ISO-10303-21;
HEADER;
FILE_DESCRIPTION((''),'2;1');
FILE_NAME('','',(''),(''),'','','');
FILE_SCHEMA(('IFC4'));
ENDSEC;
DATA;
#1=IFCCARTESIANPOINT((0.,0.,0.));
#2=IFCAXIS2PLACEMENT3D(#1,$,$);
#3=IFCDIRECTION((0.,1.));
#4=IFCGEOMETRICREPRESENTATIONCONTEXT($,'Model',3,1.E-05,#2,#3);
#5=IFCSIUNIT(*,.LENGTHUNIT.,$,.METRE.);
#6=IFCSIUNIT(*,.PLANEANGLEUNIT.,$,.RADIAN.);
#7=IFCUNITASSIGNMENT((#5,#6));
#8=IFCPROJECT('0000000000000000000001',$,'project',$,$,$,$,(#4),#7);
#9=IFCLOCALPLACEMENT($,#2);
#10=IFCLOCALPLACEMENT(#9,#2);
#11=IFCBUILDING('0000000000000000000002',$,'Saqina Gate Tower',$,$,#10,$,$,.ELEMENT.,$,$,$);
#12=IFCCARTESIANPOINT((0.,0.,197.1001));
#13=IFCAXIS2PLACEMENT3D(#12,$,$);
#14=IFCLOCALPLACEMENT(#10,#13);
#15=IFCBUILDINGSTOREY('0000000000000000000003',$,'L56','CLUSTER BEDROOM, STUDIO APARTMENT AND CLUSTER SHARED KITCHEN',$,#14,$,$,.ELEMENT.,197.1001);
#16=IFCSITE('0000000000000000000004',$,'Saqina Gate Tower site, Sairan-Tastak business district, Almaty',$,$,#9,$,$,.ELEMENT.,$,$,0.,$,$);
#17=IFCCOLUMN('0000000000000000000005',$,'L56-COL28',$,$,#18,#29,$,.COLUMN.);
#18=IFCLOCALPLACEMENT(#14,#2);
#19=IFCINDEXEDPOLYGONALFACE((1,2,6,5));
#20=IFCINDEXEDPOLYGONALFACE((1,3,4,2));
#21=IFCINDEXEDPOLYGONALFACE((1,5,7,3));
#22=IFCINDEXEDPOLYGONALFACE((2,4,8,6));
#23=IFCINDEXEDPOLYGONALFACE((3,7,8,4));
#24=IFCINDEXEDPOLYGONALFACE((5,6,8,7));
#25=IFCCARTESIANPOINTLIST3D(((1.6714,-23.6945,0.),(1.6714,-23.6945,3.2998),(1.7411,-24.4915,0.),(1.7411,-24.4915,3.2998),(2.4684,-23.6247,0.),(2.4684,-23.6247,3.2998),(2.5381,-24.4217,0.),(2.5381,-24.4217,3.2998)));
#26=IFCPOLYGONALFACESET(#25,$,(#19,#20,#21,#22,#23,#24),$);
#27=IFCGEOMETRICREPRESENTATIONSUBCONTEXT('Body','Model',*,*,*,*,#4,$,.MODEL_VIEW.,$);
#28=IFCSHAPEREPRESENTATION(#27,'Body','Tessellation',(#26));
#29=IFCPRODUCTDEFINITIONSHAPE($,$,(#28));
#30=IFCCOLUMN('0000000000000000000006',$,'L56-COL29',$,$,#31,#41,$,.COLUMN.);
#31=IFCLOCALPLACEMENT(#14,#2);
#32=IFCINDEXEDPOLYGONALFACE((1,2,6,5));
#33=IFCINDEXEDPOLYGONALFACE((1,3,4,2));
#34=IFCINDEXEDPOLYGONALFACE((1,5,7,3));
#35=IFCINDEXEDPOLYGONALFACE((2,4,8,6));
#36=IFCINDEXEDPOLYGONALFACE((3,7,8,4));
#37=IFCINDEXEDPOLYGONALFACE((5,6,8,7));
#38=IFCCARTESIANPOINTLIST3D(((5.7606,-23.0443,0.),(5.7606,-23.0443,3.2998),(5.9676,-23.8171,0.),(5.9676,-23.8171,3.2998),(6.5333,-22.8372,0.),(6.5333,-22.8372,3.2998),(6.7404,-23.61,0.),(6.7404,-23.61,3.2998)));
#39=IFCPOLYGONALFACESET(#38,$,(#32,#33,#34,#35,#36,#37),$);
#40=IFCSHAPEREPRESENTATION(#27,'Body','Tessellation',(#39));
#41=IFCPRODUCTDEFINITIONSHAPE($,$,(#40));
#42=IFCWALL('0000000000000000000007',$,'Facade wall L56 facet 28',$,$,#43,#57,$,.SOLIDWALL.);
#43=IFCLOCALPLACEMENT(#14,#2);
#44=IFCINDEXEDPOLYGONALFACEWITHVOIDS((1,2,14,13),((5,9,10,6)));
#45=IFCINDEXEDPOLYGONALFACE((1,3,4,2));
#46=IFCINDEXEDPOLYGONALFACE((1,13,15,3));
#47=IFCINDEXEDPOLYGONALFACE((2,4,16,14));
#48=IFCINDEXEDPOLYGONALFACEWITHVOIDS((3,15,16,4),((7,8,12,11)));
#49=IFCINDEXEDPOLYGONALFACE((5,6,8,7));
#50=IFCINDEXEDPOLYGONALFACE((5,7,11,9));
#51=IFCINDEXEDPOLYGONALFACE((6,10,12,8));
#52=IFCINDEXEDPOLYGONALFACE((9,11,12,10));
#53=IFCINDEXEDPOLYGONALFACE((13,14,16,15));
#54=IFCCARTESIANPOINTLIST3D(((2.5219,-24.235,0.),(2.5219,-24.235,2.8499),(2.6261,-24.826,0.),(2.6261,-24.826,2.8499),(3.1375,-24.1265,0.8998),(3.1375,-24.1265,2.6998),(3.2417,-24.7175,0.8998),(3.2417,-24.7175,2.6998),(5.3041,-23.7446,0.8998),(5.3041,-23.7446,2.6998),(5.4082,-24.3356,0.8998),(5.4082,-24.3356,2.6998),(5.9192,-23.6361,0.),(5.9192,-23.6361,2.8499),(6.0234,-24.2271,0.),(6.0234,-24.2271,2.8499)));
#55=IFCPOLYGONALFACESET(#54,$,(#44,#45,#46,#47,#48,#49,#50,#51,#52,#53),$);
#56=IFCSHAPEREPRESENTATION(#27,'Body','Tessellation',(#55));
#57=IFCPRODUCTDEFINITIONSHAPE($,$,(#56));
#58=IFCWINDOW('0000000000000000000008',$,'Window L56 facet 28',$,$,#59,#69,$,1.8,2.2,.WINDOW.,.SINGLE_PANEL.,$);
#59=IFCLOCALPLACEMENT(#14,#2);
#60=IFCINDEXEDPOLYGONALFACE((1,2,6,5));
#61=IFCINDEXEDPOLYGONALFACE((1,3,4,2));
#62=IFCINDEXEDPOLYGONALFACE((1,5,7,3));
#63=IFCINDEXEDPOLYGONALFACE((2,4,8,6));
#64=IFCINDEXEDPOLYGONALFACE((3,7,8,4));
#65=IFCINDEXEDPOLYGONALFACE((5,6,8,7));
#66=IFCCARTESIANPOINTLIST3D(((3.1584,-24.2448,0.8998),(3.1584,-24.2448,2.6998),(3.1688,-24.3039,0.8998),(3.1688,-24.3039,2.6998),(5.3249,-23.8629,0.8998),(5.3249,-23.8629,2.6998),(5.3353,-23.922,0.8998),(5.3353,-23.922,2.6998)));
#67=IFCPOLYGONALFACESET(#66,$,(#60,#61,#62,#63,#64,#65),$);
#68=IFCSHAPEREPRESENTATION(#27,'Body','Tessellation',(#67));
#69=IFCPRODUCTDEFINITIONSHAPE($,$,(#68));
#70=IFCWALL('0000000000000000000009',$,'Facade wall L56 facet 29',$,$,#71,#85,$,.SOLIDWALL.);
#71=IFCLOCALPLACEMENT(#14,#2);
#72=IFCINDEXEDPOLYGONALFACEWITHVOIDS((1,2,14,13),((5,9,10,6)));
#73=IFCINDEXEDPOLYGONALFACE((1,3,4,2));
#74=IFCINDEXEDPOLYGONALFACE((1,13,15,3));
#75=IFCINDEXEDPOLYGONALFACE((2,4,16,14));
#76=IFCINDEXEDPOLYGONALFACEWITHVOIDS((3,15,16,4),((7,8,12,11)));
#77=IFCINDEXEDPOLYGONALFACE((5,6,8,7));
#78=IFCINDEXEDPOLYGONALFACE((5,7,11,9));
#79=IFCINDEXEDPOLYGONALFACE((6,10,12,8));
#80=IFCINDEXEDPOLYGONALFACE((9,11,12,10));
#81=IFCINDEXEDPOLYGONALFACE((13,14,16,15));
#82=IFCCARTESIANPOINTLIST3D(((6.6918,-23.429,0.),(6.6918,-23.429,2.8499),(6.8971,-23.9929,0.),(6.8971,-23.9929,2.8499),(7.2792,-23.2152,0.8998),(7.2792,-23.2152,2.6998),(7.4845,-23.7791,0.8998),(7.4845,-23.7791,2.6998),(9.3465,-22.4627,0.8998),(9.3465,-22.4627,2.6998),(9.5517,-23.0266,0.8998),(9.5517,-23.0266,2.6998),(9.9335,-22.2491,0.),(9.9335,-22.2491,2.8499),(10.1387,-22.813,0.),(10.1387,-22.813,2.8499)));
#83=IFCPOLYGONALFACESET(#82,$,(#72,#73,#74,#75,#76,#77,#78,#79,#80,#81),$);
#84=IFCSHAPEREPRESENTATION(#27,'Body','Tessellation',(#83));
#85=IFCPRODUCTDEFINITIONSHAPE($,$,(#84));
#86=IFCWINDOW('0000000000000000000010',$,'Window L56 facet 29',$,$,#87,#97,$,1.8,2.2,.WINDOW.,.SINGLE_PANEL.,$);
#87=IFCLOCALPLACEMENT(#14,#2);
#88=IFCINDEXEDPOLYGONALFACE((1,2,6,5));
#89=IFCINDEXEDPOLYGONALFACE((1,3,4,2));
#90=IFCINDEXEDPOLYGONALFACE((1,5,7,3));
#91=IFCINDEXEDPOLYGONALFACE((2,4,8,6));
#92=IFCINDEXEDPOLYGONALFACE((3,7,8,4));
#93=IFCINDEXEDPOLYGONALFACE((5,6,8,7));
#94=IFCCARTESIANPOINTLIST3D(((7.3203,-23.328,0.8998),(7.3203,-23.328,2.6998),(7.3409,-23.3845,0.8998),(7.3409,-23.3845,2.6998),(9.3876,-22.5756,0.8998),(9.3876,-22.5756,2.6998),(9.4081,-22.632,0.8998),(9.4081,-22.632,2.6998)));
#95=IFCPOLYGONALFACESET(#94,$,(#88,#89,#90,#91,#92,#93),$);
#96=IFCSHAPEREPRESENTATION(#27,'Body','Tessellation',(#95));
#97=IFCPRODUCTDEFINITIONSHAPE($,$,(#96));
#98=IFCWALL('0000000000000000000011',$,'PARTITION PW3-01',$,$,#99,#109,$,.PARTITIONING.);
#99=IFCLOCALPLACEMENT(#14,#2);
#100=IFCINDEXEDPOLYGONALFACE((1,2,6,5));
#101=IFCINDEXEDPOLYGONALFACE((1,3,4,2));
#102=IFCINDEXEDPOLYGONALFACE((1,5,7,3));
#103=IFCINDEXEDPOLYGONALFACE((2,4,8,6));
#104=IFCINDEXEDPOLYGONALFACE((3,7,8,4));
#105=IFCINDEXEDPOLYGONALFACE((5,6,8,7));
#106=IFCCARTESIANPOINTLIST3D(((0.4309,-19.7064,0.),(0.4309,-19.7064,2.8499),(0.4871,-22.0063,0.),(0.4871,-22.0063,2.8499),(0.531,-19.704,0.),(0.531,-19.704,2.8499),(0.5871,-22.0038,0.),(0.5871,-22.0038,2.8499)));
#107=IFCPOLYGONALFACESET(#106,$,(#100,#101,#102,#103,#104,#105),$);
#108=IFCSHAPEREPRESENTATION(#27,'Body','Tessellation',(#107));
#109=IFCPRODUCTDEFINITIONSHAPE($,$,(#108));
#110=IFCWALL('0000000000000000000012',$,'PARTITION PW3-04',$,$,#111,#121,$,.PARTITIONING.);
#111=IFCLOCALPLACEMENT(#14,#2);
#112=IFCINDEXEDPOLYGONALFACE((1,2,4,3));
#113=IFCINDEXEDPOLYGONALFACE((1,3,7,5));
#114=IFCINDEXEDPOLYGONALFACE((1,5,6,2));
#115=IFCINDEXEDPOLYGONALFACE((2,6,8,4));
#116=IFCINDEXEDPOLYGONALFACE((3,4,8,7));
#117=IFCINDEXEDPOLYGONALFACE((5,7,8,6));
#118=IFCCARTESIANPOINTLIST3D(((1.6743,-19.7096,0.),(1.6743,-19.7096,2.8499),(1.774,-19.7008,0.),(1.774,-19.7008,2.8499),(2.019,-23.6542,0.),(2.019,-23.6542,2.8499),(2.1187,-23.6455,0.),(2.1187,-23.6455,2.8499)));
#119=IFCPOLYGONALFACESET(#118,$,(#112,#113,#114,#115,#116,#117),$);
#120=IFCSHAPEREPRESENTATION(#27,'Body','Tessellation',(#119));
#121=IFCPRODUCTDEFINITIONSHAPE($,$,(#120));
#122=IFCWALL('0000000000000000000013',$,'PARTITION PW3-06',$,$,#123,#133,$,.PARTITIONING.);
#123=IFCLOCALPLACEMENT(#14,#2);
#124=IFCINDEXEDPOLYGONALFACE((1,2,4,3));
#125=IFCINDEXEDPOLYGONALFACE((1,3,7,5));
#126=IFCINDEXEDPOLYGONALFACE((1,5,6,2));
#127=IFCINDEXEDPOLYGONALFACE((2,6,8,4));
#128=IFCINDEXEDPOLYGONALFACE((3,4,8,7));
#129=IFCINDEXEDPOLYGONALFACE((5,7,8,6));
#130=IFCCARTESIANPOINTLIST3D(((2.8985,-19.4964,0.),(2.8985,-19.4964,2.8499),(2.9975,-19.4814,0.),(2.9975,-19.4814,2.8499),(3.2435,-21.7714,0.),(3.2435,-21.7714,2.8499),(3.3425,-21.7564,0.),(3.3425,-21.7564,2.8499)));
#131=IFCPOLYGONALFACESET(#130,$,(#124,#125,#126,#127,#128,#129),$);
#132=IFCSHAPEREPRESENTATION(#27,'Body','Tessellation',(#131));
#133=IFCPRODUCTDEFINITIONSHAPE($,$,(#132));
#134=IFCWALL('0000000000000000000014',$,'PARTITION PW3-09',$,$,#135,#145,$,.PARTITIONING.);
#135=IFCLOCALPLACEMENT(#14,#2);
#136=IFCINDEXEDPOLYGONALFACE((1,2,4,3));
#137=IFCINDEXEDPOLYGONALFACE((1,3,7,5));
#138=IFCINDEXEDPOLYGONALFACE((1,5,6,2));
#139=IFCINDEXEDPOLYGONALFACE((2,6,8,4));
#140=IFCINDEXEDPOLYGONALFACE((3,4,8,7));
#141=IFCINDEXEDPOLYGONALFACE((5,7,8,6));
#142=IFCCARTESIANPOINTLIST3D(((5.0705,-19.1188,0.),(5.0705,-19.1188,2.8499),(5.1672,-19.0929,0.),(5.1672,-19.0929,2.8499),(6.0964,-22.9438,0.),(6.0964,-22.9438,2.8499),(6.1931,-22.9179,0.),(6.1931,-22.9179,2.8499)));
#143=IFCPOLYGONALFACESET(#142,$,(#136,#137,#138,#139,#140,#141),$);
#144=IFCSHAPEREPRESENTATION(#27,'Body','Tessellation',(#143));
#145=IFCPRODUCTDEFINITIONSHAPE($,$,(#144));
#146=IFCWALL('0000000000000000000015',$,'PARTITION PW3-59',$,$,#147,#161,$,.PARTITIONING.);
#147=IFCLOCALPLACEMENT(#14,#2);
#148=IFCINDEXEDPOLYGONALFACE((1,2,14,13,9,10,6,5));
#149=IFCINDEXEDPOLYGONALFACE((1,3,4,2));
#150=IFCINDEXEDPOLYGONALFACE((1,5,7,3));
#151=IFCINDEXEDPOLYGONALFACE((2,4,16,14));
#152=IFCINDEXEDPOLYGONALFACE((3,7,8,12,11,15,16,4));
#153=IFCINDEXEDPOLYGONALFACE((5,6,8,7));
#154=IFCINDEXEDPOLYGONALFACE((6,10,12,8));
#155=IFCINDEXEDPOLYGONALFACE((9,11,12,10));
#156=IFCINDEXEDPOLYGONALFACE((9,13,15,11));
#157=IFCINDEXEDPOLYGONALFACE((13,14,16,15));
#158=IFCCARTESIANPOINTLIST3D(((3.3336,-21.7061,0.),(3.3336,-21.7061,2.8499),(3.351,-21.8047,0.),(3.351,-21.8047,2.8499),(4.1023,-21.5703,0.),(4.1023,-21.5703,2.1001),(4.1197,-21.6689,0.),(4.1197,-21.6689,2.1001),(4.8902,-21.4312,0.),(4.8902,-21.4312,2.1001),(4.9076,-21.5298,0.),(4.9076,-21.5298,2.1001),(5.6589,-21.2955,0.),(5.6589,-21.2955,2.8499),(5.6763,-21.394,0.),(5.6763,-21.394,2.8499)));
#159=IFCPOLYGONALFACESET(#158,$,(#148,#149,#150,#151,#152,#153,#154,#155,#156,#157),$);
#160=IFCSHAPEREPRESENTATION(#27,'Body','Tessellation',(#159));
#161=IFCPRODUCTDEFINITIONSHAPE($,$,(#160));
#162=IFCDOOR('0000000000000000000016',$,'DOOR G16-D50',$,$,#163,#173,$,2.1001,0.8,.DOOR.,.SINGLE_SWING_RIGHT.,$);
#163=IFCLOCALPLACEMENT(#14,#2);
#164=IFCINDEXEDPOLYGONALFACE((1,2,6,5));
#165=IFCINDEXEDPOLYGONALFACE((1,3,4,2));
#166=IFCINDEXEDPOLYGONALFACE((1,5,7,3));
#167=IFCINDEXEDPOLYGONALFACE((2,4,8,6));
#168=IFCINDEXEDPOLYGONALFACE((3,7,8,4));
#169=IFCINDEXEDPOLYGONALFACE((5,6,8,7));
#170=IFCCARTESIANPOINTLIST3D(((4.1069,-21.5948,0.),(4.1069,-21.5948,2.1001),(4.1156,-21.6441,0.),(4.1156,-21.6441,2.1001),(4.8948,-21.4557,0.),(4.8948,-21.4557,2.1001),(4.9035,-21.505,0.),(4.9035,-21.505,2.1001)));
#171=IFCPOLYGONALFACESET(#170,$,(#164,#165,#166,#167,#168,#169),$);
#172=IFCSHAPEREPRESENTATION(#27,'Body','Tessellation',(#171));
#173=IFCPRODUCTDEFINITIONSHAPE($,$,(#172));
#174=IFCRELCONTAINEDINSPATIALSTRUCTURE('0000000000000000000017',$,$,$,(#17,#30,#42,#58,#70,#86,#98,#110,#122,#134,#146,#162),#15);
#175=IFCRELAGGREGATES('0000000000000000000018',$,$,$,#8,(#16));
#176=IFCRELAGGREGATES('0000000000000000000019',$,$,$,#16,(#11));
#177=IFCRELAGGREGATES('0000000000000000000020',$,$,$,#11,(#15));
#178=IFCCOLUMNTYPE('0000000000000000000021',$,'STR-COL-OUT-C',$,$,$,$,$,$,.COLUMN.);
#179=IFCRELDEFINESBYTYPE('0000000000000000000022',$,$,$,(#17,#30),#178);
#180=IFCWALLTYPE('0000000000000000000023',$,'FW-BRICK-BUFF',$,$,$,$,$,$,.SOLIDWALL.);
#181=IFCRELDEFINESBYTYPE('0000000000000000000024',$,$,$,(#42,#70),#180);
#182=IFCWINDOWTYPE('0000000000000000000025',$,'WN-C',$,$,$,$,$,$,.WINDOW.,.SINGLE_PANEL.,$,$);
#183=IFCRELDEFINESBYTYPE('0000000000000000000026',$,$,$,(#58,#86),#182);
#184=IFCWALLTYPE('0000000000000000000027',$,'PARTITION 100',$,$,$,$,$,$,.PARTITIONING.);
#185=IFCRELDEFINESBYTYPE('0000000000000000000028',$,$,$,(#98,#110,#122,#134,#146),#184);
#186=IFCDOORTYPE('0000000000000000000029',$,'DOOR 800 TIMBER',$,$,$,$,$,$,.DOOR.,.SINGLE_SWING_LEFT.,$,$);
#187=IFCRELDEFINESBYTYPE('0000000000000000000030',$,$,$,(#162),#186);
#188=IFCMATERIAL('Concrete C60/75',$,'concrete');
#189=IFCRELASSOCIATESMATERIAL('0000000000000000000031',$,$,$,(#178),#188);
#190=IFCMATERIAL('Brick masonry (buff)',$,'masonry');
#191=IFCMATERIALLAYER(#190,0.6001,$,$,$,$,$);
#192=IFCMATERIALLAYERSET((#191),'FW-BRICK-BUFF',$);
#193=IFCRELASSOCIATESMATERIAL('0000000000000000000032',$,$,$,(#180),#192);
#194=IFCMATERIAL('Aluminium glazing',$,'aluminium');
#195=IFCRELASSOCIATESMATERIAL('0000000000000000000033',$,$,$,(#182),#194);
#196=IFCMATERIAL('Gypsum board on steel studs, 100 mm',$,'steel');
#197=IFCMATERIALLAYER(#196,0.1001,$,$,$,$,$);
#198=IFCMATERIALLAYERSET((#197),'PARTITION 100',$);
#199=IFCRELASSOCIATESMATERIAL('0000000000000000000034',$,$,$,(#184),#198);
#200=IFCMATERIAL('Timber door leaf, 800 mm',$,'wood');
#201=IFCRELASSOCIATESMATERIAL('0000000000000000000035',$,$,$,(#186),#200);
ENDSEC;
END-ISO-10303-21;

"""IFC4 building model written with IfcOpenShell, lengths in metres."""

from ifc_helpers import new_model, si_unit, direction, frame, frame_2d, origin, origin_2d, place, context, subcontext, project, spatial, rectangle, extrude, material, layer, layer_set, material_profile, profile_set, type_object, element, fill, save


model = new_model("IFC4")

# Units and contexts
model_context = context("Model", 3, precision=1e-05, world=origin(), true_north=direction((0.0, 1.0)))
body_context = subcontext(model_context, "Body", "Model", "MODEL_VIEW")
ifc_project = project(units=[si_unit("LENGTHUNIT", "METRE"), si_unit("PLANEANGLEUNIT", "RADIAN")], contexts=[model_context])

# Site, building, storey
site_placement = place(None, origin())
site = spatial("IfcSite", under=ifc_project, at=site_placement, Name="Saqina Gate Tower site, Sairan-Tastak business district, Almaty", CompositionType="ELEMENT", RefElevation=0.0)
building_placement = place(site_placement, origin())
building = spatial("IfcBuilding", under=site, at=building_placement, Name="Saqina Gate Tower", CompositionType="ELEMENT")
storey_placement = place(building_placement, frame((0.0, 0.0, 197.1001)))
storey = spatial("IfcBuildingStorey", under=building, at=storey_placement, Name="L56", Description="CLUSTER BEDROOM, STUDIO APARTMENT AND CLUSTER SHARED KITCHEN", CompositionType="ELEMENT", Elevation=197.1001)

# Columns
ifc_material_1 = material(Name="Concrete C60/75", Category="concrete")
ifc_material_profile = material_profile(ifc_material_1, rectangle(XDim=0.8, YDim=0.8, at=origin_2d()), Name="RC 800x800")
ifc_profile_set = profile_set([ifc_material_profile], Name="Concrete C60/75")
column_type = type_object("IfcColumnType", Name="STR-COL-OUT-C", PredefinedType="COLUMN", material=ifc_profile_set)
for number, where, z_axis, x_axis, name in (
    (1, (2.1047, -24.0581, 0.0), (0.0, 0.0, 1.0), (0.087156, -0.996195, 0.0), "L56-COL28"),
    (2, (6.2505, -23.3271, 0.0), (0.0, 0.0, 1.0), (0.258819, -0.965926, 0.0), "L56-COL29"),
):
    element("IfcColumn", number, at=place(storey_placement, frame(where, z_axis=z_axis, x_axis=x_axis)), inside=storey, type_object=column_type, Name=name, PredefinedType="COLUMN", context=body_context, shape_type="SweptSolid", body=[
        extrude(rectangle(XDim=0.8, YDim=0.8, at=origin_2d()), origin(), (0.0, 0.0, 1.0), 3.2998),
    ])

# Walls, openings, windows
ifc_material_2 = material(Name="Brick masonry (buff)", Category="masonry")
ifc_layer_1 = layer(ifc_material_2, 0.6001)
ifc_layer_set_1 = layer_set([ifc_layer_1], Name="FW-BRICK-BUFF")
wall_type_1 = type_object("IfcWallType", Name="FW-BRICK-BUFF", PredefinedType="SOLIDWALL", material=ifc_layer_set_1)
wall_1_placement = place(storey_placement, frame((2.574, -24.5305, 0.0), z_axis=(0.0, 0.0, 1.0), x_axis=(0.984815, 0.173608, 0.0)))
wall_1 = element("IfcWall", 3, at=wall_1_placement, inside=storey, type_object=wall_type_1, Name="Facade wall L56 facet 28", PredefinedType="SOLIDWALL", context=body_context, shape_type="SweptSolid", body=[
    extrude(rectangle(XDim=3.4497, YDim=0.6001, at=frame_2d((1.7249, 0.0))), origin(), (0.0, 0.0, 1.0), 2.8499),
])
opening_1_placement = place(wall_1_placement, frame((0.625, 0.0, 0.8999)))
opening_1 = element("IfcOpeningElement", 4, at=opening_1_placement, cuts=wall_1, PredefinedType="OPENING", context=body_context, shape_type="SweptSolid", body=[
    extrude(rectangle(XDim=2.2, YDim=1.8, at=frame_2d((1.1001, 0.8999))), frame((0.0, 0.312, 0.0), z_axis=(0.0, -1.0, 0.0), x_axis=(1.0, 0.0, 0.0)), (0.0, 0.0, 1.0), 0.624),
])
ifc_material_3 = material(Name="Aluminium glazing", Category="aluminium")
window_type = type_object("IfcWindowType", Name="WN-C", PartitioningType="SINGLE_PANEL", PredefinedType="WINDOW", material=ifc_material_3)
window_1_placement = place(opening_1_placement, origin())
window_1 = element("IfcWindow", 5, at=window_1_placement, inside=storey, type_object=window_type, Name="Window L56 facet 28", OverallHeight=1.8, OverallWidth=2.2, PartitioningType="SINGLE_PANEL", PredefinedType="WINDOW", context=body_context, shape_type="SweptSolid", body=[
    extrude(rectangle(XDim=2.2, YDim=1.8, at=frame_2d((1.1001, 0.8999))), frame((0.0, 0.1799, 0.0), z_axis=(0.0, -1.0, 0.0), x_axis=(1.0, 0.0, 0.0)), (0.0, 0.0, 1.0), 0.0601),
])
fill(opening_1, window_1)
wall_2_placement = place(storey_placement, frame((6.7944, -23.7109, 0.0), z_axis=(0.0, 0.0, 1.0), x_axis=(0.939688, 0.342033, 0.0)))
wall_2 = element("IfcWall", 6, at=wall_2_placement, inside=storey, type_object=wall_type_1, Name="Facade wall L56 facet 29", PredefinedType="SOLIDWALL", context=body_context, shape_type="SweptSolid", body=[
    extrude(rectangle(XDim=3.4497, YDim=0.6001, at=frame_2d((1.7249, 0.0))), origin(), (0.0, 0.0, 1.0), 2.8499),
])
opening_2_placement = place(wall_2_placement, frame((0.625, 0.0, 0.8999)))
opening_2 = element("IfcOpeningElement", 7, at=opening_2_placement, cuts=wall_2, PredefinedType="OPENING", context=body_context, shape_type="SweptSolid", body=[
    extrude(rectangle(XDim=2.2, YDim=1.8, at=frame_2d((1.1001, 0.8999))), frame((0.0, 0.312, 0.0), z_axis=(0.0, -1.0, 0.0), x_axis=(1.0, 0.0, 0.0)), (0.0, 0.0, 1.0), 0.624),
])
window_2_placement = place(opening_2_placement, origin())
window_2 = element("IfcWindow", 8, at=window_2_placement, inside=storey, type_object=window_type, Name="Window L56 facet 29", OverallHeight=1.8, OverallWidth=2.2, PartitioningType="SINGLE_PANEL", PredefinedType="WINDOW", context=body_context, shape_type="SweptSolid", body=[
    extrude(rectangle(XDim=2.2, YDim=1.8, at=frame_2d((1.1001, 0.8999))), frame((0.0, 0.1799, 0.0), z_axis=(0.0, -1.0, 0.0), x_axis=(1.0, 0.0, 0.0)), (0.0, 0.0, 1.0), 0.0601),
])
fill(opening_2, window_2)

# Walls
ifc_material_4 = material(Name="Gypsum board on steel studs, 100 mm", Category="steel")
ifc_layer_2 = layer(ifc_material_4, 0.1001)
ifc_layer_set_2 = layer_set([ifc_layer_2], Name="PARTITION 100")
wall_type_2 = type_object("IfcWallType", Name="PARTITION 100", PredefinedType="PARTITIONING", material=ifc_layer_set_2)
wall_3_placement = place(storey_placement, frame((0.481, -19.7051, 0.0), z_axis=(0.0, 0.0, 1.0), x_axis=(0.024409, -0.999702, 0.0)))
element("IfcWall", 9, at=wall_3_placement, inside=storey, type_object=wall_type_2, Name="PARTITION PW3-01", PredefinedType="PARTITIONING", context=body_context, shape_type="SweptSolid", body=[
    extrude(rectangle(XDim=2.3005, YDim=0.1001, at=frame_2d((1.1504, 0.0))), origin(), (0.0, 0.0, 1.0), 2.8499),
])
wall_4_placement = place(storey_placement, frame((1.7241, -19.7051, 0.0), z_axis=(0.0, 0.0, 1.0), x_axis=(0.087061, -0.996203, 0.0)))
element("IfcWall", 10, at=wall_4_placement, inside=storey, type_object=wall_type_2, Name="PARTITION PW3-04", PredefinedType="PARTITIONING", context=body_context, shape_type="SweptSolid", body=[
    extrude(rectangle(XDim=3.9597, YDim=0.1001, at=frame_2d((1.98, 0.0))), origin(), (0.0, 0.0, 1.0), 2.8499),
])
wall_5_placement = place(storey_placement, frame((2.948, -19.489, 0.0), z_axis=(0.0, 0.0, 1.0), x_axis=(0.149928, -0.988697, 0.0)))
element("IfcWall", 11, at=wall_5_placement, inside=storey, type_object=wall_type_2, Name="PARTITION PW3-06", PredefinedType="PARTITIONING", context=body_context, shape_type="SweptSolid", body=[
    extrude(rectangle(XDim=2.301, YDim=0.1001, at=frame_2d((1.1504, 0.0))), origin(), (0.0, 0.0, 1.0), 2.8499),
])
wall_6_placement = place(storey_placement, frame((5.1189, -19.106, 0.0), z_axis=(0.0, 0.0, 1.0), x_axis=(0.259051, -0.965864, 0.0)))
element("IfcWall", 12, at=wall_6_placement, inside=storey, type_object=wall_type_2, Name="PARTITION PW3-09", PredefinedType="PARTITIONING", context=body_context, shape_type="SweptSolid", body=[
    extrude(rectangle(XDim=3.9602, YDim=0.1001, at=frame_2d((1.98, 0.0))), origin(), (0.0, 0.0, 1.0), 2.8499),
])

# Wall, opening, door
wall_7_placement = place(storey_placement, frame((3.3423, -21.7554, 0.0), z_axis=(0.0, 0.0, 1.0), x_axis=(0.984764, 0.173897, 0.0)))
wall_7 = element("IfcWall", 13, at=wall_7_placement, inside=storey, type_object=wall_type_2, Name="PARTITION PW3-59", PredefinedType="PARTITIONING", context=body_context, shape_type="SweptSolid", body=[
    extrude(rectangle(XDim=2.3613, YDim=0.1001, at=frame_2d((1.1807, 0.0))), origin(), (0.0, 0.0, 1.0), 2.8499),
])
opening_3_placement = place(wall_7_placement, frame((0.7808, 0.0, 0.0)))
opening_3 = element("IfcOpeningElement", 14, at=opening_3_placement, cuts=wall_7, PredefinedType="OPENING", context=body_context, shape_type="SweptSolid", body=[
    extrude(rectangle(XDim=0.8, YDim=2.1001, at=frame_2d((0.3999, 1.05))), frame((0.0, 0.062, 0.0), z_axis=(0.0, -1.0, 0.0), x_axis=(1.0, 0.0, 0.0)), (0.0, 0.0, 1.0), 0.124),
])
ifc_material_5 = material(Name="Timber door leaf, 800 mm", Category="wood")
door_type_1 = type_object("IfcDoorType", Name="DOOR 800 TIMBER", OperationType="SINGLE_SWING_LEFT", PredefinedType="DOOR", material=ifc_material_5)
door_1_placement = place(opening_3_placement, frame((0.8, 0.0, 0.0), z_axis=(0.0, 0.0, 1.0), x_axis=(-1.0, 0.0, 0.0)))
door_1 = element("IfcDoor", 15, at=door_1_placement, inside=storey, type_object=door_type_1, Name="DOOR G16-D50", OperationType="SINGLE_SWING_RIGHT", OverallHeight=2.1001, OverallWidth=0.8, PredefinedType="DOOR", context=body_context, shape_type="SweptSolid", body=[
    extrude(rectangle(XDim=0.8, YDim=2.1001, at=frame_2d((0.3999, 1.05))), frame((0.0, 0.0249, 0.0), z_axis=(0.0, -1.0, 0.0), x_axis=(1.0, 0.0, 0.0)), (0.0, 0.0, 1.0), 0.05),
])
fill(opening_3, door_1)

save(model, "model.ifc")
